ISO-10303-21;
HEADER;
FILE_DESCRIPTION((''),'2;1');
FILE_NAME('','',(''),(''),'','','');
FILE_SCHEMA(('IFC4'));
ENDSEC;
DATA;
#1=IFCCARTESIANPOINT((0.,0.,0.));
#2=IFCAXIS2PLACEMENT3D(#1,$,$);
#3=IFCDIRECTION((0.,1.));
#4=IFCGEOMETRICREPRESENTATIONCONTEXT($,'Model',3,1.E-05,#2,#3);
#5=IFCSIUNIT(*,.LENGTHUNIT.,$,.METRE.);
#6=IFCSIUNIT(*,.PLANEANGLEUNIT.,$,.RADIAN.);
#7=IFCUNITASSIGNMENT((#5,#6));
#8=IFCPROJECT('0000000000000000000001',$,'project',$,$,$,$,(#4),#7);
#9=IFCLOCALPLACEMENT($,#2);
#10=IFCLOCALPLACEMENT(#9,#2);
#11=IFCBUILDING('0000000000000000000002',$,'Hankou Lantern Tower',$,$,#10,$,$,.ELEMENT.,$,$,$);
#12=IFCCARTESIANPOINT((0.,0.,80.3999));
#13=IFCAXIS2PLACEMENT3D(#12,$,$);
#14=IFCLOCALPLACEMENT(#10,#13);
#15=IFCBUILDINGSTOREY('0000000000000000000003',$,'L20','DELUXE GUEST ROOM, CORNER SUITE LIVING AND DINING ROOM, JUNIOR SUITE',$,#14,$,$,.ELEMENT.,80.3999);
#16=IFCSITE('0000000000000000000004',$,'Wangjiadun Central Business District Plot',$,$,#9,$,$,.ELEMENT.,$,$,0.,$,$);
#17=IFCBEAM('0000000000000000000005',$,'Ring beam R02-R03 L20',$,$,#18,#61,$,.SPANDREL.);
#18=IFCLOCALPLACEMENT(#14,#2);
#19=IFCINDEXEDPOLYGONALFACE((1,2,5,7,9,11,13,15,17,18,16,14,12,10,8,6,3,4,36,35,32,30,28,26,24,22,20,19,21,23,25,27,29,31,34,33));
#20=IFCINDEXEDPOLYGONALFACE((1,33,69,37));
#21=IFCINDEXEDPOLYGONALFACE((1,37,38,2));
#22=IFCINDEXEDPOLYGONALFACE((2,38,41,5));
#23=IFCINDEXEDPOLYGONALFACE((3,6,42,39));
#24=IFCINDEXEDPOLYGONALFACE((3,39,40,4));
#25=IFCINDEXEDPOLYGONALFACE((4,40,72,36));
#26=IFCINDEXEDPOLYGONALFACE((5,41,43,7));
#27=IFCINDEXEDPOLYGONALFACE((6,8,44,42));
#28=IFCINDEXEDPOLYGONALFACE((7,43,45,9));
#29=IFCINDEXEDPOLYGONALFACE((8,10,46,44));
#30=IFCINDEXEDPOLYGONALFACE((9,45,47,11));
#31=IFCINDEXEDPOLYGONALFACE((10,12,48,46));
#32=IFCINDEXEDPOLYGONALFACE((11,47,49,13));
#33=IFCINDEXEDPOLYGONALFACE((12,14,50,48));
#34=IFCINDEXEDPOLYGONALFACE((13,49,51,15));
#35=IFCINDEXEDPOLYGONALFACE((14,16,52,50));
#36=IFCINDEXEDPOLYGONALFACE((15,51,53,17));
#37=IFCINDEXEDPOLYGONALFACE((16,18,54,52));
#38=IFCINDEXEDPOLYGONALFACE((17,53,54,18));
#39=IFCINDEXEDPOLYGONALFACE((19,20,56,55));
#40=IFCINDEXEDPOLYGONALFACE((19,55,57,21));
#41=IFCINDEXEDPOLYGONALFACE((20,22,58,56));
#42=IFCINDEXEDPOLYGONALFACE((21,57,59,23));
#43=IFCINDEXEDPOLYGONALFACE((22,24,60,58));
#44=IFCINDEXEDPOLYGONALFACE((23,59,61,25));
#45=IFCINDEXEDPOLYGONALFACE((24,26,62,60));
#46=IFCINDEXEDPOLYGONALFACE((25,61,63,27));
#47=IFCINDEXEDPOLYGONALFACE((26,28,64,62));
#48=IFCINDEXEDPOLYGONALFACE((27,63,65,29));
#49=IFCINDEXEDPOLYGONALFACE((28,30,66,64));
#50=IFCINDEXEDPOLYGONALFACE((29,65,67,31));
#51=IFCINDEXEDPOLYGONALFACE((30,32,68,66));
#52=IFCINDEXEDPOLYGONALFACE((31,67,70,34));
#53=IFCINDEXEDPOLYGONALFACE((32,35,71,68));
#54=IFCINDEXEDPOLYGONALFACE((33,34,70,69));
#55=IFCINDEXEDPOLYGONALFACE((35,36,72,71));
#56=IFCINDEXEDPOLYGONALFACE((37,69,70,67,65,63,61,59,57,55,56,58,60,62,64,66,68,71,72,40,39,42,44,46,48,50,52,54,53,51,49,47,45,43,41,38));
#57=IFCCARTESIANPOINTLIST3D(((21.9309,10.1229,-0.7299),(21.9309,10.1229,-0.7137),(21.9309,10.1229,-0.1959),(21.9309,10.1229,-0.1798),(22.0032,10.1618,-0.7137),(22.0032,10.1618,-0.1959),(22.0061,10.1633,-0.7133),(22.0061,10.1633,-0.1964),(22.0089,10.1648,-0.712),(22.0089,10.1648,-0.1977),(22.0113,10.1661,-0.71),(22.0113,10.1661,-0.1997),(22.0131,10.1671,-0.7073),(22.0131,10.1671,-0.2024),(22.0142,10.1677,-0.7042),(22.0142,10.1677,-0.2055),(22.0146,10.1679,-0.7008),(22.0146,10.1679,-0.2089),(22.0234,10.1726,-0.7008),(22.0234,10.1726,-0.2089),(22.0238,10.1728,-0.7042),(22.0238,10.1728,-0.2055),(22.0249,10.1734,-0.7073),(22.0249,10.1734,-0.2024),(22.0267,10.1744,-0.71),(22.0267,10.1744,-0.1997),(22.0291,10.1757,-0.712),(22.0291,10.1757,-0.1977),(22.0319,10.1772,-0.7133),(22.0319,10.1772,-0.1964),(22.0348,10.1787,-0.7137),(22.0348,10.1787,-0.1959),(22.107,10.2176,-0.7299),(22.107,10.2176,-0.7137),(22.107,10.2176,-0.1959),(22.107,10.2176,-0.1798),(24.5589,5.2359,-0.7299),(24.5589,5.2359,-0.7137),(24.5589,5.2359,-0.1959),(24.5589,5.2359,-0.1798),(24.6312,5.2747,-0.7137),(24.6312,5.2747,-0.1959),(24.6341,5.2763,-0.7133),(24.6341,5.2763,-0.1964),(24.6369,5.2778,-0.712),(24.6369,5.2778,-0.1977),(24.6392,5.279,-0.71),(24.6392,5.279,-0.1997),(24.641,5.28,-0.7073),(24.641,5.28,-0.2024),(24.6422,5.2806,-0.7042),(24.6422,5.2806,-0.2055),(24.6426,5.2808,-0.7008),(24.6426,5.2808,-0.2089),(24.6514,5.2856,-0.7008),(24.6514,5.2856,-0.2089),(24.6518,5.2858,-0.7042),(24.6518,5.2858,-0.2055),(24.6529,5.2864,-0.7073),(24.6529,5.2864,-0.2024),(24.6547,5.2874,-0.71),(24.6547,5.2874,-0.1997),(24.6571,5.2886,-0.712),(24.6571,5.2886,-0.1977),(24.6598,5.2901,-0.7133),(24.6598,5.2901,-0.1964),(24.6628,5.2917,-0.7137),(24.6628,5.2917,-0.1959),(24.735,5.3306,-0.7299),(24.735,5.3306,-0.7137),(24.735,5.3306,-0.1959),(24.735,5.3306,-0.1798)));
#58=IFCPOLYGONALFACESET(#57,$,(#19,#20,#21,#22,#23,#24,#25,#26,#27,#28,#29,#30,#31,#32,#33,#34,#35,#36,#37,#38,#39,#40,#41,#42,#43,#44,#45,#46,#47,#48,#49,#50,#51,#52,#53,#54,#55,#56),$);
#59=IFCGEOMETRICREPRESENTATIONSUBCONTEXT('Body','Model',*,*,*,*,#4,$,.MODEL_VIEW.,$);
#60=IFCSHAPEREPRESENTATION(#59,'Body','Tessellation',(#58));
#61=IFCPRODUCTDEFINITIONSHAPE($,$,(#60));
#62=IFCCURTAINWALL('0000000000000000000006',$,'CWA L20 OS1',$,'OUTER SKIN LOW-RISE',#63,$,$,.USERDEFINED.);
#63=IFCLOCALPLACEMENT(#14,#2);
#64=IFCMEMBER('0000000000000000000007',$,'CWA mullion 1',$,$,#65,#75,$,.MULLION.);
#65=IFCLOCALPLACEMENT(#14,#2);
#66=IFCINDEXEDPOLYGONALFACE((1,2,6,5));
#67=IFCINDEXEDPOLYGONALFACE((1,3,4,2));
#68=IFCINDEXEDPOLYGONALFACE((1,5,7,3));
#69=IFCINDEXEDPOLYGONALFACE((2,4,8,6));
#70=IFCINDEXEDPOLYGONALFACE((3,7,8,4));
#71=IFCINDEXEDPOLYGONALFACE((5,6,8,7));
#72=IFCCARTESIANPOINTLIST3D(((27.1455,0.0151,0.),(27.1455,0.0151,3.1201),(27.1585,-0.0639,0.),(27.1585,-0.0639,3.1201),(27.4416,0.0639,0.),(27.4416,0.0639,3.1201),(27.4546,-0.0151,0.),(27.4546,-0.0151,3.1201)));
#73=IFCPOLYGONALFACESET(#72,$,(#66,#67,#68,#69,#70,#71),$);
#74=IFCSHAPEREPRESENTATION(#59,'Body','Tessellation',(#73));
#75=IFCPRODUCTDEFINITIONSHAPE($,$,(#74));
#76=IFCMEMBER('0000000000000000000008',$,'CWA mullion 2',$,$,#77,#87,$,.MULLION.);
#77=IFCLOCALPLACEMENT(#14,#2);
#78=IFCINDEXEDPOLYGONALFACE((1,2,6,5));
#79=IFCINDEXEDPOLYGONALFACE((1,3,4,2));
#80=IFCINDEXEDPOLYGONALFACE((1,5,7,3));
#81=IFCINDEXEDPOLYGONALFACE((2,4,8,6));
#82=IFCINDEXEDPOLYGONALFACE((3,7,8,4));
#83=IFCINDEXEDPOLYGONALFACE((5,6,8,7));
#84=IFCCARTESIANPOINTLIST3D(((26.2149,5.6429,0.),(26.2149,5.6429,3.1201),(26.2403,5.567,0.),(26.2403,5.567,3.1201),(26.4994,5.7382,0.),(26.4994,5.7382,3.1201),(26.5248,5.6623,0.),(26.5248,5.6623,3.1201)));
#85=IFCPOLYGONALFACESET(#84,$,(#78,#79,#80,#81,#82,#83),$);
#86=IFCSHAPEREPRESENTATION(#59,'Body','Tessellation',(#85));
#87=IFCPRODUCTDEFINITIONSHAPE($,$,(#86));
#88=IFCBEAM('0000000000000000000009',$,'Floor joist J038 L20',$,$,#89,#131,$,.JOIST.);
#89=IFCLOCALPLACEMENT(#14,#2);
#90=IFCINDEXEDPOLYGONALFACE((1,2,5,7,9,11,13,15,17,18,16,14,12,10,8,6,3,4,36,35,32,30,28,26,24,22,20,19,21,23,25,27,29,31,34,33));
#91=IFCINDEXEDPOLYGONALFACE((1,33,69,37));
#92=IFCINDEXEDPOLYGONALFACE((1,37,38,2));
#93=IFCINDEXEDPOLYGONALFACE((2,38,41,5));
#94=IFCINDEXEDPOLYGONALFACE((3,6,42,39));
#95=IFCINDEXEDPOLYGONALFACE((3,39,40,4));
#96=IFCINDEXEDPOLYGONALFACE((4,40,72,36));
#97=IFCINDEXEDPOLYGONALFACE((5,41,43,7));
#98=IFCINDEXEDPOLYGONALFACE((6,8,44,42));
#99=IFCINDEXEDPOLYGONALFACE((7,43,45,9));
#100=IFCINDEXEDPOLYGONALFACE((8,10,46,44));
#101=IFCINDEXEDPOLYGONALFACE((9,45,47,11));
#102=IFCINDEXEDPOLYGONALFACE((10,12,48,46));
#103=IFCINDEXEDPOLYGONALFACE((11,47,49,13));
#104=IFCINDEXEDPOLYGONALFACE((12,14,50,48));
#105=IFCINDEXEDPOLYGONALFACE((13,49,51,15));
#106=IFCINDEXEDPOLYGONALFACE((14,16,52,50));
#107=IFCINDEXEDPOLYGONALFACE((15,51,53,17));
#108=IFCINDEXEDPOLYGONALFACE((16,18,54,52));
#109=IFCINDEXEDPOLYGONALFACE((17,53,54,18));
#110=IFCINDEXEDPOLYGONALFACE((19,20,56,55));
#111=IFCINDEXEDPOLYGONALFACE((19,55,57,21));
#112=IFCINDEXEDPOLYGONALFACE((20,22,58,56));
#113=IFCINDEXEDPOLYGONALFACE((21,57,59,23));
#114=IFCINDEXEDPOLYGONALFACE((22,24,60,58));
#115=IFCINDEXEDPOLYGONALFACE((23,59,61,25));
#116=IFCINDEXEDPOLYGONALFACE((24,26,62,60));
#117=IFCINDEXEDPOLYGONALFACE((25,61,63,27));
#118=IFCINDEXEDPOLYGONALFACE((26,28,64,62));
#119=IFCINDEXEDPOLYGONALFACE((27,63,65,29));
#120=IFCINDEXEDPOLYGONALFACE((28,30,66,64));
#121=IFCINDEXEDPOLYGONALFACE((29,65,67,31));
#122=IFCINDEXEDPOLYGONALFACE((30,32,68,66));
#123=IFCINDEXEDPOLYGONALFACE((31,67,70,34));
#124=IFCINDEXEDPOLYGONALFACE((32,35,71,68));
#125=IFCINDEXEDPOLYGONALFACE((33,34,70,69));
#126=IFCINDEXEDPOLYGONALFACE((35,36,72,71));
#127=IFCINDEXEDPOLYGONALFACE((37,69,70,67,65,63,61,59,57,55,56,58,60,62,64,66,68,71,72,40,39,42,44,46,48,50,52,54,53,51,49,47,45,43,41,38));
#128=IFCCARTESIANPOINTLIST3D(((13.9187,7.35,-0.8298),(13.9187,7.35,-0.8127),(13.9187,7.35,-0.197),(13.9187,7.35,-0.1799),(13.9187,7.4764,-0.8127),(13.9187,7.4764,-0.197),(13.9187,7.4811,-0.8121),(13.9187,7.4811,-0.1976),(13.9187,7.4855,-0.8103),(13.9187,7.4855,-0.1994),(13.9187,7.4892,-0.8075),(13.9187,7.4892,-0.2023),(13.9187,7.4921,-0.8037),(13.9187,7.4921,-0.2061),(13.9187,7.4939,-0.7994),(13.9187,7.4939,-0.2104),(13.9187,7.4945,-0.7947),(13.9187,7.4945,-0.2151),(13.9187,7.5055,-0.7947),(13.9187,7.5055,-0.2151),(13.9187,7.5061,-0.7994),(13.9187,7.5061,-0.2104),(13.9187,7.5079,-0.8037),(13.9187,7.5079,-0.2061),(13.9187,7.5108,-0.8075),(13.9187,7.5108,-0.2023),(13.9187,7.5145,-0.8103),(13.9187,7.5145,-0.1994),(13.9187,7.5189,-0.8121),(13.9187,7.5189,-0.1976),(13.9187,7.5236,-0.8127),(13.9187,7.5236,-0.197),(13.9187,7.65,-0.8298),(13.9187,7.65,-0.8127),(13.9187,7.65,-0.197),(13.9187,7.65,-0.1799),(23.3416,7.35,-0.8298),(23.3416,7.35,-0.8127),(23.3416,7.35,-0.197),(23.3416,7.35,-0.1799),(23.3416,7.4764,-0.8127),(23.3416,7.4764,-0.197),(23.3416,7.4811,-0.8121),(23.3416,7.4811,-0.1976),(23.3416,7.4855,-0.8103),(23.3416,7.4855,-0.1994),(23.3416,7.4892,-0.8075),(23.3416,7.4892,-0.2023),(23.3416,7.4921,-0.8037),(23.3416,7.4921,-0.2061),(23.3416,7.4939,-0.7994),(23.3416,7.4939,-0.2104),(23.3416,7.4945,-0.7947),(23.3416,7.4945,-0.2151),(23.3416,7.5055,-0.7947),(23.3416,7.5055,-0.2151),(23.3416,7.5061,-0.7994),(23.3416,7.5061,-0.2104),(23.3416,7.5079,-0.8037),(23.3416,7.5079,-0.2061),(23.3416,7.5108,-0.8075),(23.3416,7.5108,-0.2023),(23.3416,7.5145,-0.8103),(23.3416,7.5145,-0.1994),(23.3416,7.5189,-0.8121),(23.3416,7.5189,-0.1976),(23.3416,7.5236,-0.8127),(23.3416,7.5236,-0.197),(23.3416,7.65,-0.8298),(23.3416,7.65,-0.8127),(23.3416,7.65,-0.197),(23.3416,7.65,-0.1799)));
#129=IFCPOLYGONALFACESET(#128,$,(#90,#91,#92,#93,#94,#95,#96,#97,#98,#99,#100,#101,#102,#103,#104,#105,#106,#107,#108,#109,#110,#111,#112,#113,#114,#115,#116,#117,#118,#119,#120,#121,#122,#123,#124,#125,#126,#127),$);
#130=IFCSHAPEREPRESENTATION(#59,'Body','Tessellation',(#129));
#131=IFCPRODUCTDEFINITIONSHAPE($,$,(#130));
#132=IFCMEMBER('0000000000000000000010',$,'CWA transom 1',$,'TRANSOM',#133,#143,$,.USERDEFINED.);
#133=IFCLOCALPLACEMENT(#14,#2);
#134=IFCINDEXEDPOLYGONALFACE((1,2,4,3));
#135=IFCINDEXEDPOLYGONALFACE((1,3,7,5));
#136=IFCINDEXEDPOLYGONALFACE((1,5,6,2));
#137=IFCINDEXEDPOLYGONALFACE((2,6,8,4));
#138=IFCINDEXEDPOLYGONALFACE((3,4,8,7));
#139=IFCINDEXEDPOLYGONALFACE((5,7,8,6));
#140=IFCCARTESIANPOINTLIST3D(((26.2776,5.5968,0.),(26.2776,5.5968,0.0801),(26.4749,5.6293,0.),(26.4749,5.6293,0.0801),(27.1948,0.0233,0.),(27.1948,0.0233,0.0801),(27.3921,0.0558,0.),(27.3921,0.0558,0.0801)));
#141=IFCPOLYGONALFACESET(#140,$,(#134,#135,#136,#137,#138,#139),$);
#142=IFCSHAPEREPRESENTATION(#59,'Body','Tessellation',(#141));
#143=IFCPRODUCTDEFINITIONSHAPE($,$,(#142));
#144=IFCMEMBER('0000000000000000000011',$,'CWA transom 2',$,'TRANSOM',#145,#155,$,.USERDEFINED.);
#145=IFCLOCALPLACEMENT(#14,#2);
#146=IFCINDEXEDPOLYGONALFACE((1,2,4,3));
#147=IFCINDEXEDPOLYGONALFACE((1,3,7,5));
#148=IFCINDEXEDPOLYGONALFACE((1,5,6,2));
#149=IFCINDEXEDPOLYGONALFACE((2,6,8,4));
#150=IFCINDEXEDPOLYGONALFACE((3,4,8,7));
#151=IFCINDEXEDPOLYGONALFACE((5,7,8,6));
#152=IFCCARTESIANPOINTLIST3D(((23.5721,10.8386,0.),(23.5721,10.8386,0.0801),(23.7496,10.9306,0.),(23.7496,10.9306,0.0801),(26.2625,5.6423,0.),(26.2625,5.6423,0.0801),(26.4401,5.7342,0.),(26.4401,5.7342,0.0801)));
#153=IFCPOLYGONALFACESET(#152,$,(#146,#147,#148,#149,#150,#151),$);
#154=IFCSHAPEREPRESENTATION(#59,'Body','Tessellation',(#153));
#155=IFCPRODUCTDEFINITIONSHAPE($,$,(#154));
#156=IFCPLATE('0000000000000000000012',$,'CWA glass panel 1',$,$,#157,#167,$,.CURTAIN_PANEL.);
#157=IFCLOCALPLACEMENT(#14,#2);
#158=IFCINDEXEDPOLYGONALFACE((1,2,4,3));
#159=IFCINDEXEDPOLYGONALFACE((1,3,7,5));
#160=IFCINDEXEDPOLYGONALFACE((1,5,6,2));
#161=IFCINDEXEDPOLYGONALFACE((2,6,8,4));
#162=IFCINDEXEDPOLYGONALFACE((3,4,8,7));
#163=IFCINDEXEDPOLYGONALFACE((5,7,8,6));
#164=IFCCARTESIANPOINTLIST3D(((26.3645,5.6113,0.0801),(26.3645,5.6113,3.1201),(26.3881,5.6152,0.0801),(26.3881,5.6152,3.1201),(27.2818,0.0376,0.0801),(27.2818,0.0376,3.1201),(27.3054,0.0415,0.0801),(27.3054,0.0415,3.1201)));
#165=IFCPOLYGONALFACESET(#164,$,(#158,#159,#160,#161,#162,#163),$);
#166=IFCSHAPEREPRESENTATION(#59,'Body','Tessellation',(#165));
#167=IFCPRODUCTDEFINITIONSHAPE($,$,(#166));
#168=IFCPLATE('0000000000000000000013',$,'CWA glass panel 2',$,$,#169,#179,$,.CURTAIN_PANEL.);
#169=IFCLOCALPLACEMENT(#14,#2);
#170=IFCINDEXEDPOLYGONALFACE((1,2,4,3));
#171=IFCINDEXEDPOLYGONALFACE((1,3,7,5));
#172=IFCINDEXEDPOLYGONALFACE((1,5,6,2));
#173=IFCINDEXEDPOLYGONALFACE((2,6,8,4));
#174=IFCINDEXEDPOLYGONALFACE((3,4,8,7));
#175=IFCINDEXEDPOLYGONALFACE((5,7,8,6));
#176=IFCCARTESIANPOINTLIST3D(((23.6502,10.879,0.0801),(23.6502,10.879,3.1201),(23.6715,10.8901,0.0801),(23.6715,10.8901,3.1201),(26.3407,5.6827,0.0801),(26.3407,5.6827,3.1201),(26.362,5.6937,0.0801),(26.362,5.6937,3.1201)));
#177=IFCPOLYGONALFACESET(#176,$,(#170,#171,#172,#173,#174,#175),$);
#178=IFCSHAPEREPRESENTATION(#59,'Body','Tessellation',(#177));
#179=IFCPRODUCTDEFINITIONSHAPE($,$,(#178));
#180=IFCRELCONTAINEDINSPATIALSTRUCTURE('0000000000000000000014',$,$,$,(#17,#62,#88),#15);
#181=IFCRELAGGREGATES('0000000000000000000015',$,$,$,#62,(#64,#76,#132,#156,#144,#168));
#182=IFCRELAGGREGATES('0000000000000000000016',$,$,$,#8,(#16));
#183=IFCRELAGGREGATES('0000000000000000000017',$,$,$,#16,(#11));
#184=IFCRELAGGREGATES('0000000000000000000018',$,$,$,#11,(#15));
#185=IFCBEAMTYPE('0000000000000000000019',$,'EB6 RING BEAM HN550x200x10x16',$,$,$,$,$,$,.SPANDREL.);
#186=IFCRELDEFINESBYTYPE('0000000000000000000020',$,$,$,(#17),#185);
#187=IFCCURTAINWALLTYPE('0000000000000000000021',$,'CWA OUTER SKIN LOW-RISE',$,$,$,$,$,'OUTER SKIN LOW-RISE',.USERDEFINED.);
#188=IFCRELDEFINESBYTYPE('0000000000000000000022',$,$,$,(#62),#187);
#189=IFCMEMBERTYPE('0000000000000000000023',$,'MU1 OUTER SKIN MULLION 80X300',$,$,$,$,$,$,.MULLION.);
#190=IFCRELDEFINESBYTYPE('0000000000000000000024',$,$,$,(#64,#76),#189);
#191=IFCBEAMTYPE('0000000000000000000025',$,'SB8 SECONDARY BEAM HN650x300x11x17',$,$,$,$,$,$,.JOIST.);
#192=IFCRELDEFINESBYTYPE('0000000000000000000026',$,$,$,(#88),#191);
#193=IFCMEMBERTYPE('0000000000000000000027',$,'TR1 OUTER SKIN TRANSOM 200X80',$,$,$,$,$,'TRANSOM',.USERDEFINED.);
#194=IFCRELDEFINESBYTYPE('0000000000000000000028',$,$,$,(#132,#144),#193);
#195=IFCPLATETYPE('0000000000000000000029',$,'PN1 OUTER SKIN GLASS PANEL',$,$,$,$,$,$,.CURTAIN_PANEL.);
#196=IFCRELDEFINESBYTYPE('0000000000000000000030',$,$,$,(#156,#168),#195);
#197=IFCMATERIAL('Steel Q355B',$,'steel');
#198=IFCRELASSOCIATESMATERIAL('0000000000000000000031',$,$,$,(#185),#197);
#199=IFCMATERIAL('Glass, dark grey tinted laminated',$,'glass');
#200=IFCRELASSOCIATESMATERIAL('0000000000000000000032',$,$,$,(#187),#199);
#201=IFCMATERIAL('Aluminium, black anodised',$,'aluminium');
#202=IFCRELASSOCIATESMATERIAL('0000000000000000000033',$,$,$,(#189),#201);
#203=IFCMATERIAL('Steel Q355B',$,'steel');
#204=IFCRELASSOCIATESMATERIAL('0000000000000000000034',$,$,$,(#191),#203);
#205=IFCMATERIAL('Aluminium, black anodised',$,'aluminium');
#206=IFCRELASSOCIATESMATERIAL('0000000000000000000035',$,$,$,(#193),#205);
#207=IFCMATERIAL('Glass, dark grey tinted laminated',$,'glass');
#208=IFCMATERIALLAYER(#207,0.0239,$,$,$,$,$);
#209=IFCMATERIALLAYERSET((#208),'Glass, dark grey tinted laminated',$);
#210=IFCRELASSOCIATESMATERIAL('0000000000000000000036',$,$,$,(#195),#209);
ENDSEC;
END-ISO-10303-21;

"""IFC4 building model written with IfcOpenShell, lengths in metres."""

from ifc_helpers import new_model, si_unit, direction, frame, origin, origin_2d, place, context, subcontext, project, spatial, rectangle, i_section, extrude, material, layer, layer_set, material_profile, profile_set, type_object, element, aggregate, save


model = new_model("IFC4")

# Units and contexts
model_context = context("Model", 3, precision=1e-05, world=origin(), true_north=direction((0.0, 1.0)))
body_context = subcontext(model_context, "Body", "Model", "MODEL_VIEW")
ifc_project = project(units=[si_unit("LENGTHUNIT", "METRE"), si_unit("PLANEANGLEUNIT", "RADIAN")], contexts=[model_context])

# Site, building, storey
site_placement = place(None, origin())
site = spatial("IfcSite", under=ifc_project, at=site_placement, Name="Wangjiadun Central Business District Plot", CompositionType="ELEMENT", RefElevation=0.0)
building_placement = place(site_placement, origin())
building = spatial("IfcBuilding", under=site, at=building_placement, Name="Hankou Lantern Tower", CompositionType="ELEMENT")
storey_placement = place(building_placement, frame((0.0, 0.0, 80.3999)))
storey = spatial("IfcBuildingStorey", under=building, at=storey_placement, Name="L20", Description="DELUXE GUEST ROOM, CORNER SUITE LIVING AND DINING ROOM, JUNIOR SUITE", CompositionType="ELEMENT", Elevation=80.3999)

# Beam
ifc_material_1 = material(Name="Steel Q355B", Category="steel")
ifc_material_profile_1 = material_profile(ifc_material_1, i_section(OverallWidth=0.2, OverallDepth=0.55, WebThickness=0.01, FlangeThickness=0.0161, FilletRadius=0.0129, at=origin_2d()), Name="HN550x200x10x16")
ifc_profile_set_1 = profile_set([ifc_material_profile_1], Name="Steel Q355B")
beam_type_1 = type_object("IfcBeamType", Name="EB6 RING BEAM HN550x200x10x16", PredefinedType="SPANDREL", material=ifc_profile_set_1)
beam_1_placement = place(storey_placement, frame((24.647, 5.2832, -0.4548), z_axis=(-0.473609, 0.880735, 0.0), x_axis=(-0.880735, -0.473609, 0.0)))
element("IfcBeam", 1, at=beam_1_placement, inside=storey, type_object=beam_type_1, Name="Ring beam R02-R03 L20", PredefinedType="SPANDREL", context=body_context, shape_type="SweptSolid", body=[
    extrude(i_section(OverallWidth=0.2, OverallDepth=0.55, WebThickness=0.01, FlangeThickness=0.0161, FilletRadius=0.0129, at=origin_2d()), origin(), (0.0, 0.0, 1.0), 5.5488),
])

# Curtain wall, members
ifc_material_2 = material(Name="Glass, dark grey tinted laminated", Category="glass")
curtain_wall_type = type_object("IfcCurtainWallType", Name="CWA OUTER SKIN LOW-RISE", ElementType="OUTER SKIN LOW-RISE", PredefinedType="USERDEFINED", material=ifc_material_2)
curtain_wall_placement = place(storey_placement, origin())
curtain_wall = element("IfcCurtainWall", 2, at=curtain_wall_placement, inside=storey, type_object=curtain_wall_type, Name="CWA L20 OS1", ObjectType="OUTER SKIN LOW-RISE", PredefinedType="USERDEFINED")
ifc_material_3 = material(Name="Aluminium, black anodised", Category="aluminium")
ifc_material_profile_2 = material_profile(ifc_material_3, rectangle(XDim=0.0801, YDim=0.3, at=origin_2d()), Name="MU1 80X300")
ifc_profile_set_2 = profile_set([ifc_material_profile_2], Name="Aluminium, black anodised")
member_type_1 = type_object("IfcMemberType", Name="MU1 OUTER SKIN MULLION 80X300", PredefinedType="MULLION", material=ifc_profile_set_2)
member_1_placement = place(storey_placement, frame((27.3, 0.0, 0.0), z_axis=(0.0, 0.0, 1.0), x_axis=(-0.162382, 0.986728, 0.0)))
member_1 = element("IfcMember", 3, at=member_1_placement, type_object=member_type_1, Name="CWA mullion 1", PredefinedType="MULLION", context=body_context, shape_type="SweptSolid", body=[
    extrude(rectangle(XDim=0.0801, YDim=0.3, at=origin_2d()), origin(), (0.0, 0.0, 1.0), 3.1201),
])
member_2_placement = place(storey_placement, frame((26.3699, 5.6526, 0.0), z_axis=(0.0, 0.0, 1.0), x_axis=(-0.317596, 0.948226, 0.0)))
member_2 = element("IfcMember", 4, at=member_2_placement, type_object=member_type_1, Name="CWA mullion 2", PredefinedType="MULLION", context=body_context, shape_type="SweptSolid", body=[
    extrude(rectangle(XDim=0.0801, YDim=0.3, at=origin_2d()), origin(), (0.0, 0.0, 1.0), 3.1201),
])

# Beam
ifc_material_4 = material(Name="Steel Q355B", Category="steel")
ifc_material_profile_3 = material_profile(ifc_material_4, i_section(OverallWidth=0.3, OverallDepth=0.6499, WebThickness=0.011, FlangeThickness=0.0171, FilletRadius=0.0181, at=origin_2d()), Name="HN650x300x11x17")
ifc_profile_set_3 = profile_set([ifc_material_profile_3], Name="Steel Q355B")
beam_type_2 = type_object("IfcBeamType", Name="SB8 SECONDARY BEAM HN650x300x11x17", PredefinedType="JOIST", material=ifc_profile_set_3)
beam_2_placement = place(storey_placement, frame((13.9187, 7.5, -0.5049), z_axis=(1.0, 0.0, 0.0), x_axis=(0.0, 1.0, 0.0)))
element("IfcBeam", 5, at=beam_2_placement, inside=storey, type_object=beam_type_2, Name="Floor joist J038 L20", PredefinedType="JOIST", context=body_context, shape_type="SweptSolid", body=[
    extrude(i_section(OverallWidth=0.3, OverallDepth=0.6499, WebThickness=0.011, FlangeThickness=0.0171, FilletRadius=0.0181, at=origin_2d()), origin(), (0.0, 0.0, 1.0), 9.4229),
])

# Members
ifc_material_5 = material(Name="Aluminium, black anodised", Category="aluminium")
ifc_material_profile_4 = material_profile(ifc_material_5, rectangle(XDim=0.2, YDim=0.0801, at=origin_2d()), Name="TR1 200X80")
ifc_profile_set_4 = profile_set([ifc_material_profile_4], Name="Aluminium, black anodised")
member_type_2 = type_object("IfcMemberType", Name="TR1 OUTER SKIN TRANSOM 200X80", ElementType="TRANSOM", PredefinedType="USERDEFINED", material=ifc_profile_set_4)
member_3_placement = place(storey_placement, frame((27.2935, 0.0396, 0.04), z_axis=(-0.162387, 0.986727, 0.0), x_axis=(-0.986727, -0.162387, 0.0)))
member_3 = element("IfcMember", 6, at=member_3_placement, type_object=member_type_2, Name="CWA transom 1", ObjectType="TRANSOM", PredefinedType="USERDEFINED", context=body_context, shape_type="SweptSolid", body=[
    extrude(rectangle(XDim=0.2, YDim=0.0801, at=origin_2d()), origin(), (0.0, 0.0, 1.0), 5.6484),
])
member_4_placement = place(storey_placement, frame((26.3513, 5.6882, 0.04), z_axis=(-0.459786, 0.88803, 0.0), x_axis=(-0.88803, -0.459786, 0.0)))
member_4 = element("IfcMember", 7, at=member_4_placement, type_object=member_type_2, Name="CWA transom 2", ObjectType="TRANSOM", PredefinedType="USERDEFINED", context=body_context, shape_type="SweptSolid", body=[
    extrude(rectangle(XDim=0.2, YDim=0.0801, at=origin_2d()), origin(), (0.0, 0.0, 1.0), 5.8516),
])

# Plates
ifc_material_6 = material(Name="Glass, dark grey tinted laminated", Category="glass")
ifc_layer_1 = layer(ifc_material_6, 0.0239)
ifc_layer_set_1 = layer_set([ifc_layer_1], Name="Glass, dark grey tinted laminated")
plate_type = type_object("IfcPlateType", Name="PN1 OUTER SKIN GLASS PANEL", PredefinedType="CURTAIN_PANEL", material=ifc_layer_set_1)
plate_1_placement = place(storey_placement, frame((26.835, 2.8264, 0.0801), z_axis=(0.0, 0.0, 1.0), x_axis=(-0.162382, 0.986728, 0.0)))
plate_1 = element("IfcPlate", 8, at=plate_1_placement, type_object=plate_type, Name="CWA glass panel 1", PredefinedType="CURTAIN_PANEL", context=body_context, shape_type="SweptSolid", body=[
    extrude(rectangle(XDim=5.6487, YDim=0.0239, at=origin_2d()), origin(), (0.0, 0.0, 1.0), 3.04),
])
plate_2_placement = place(storey_placement, frame((25.0061, 8.2864, 0.0801), z_axis=(0.0, 0.0, 1.0), x_axis=(-0.459791, 0.888027, 0.0)))
plate_2 = element("IfcPlate", 9, at=plate_2_placement, type_object=plate_type, Name="CWA glass panel 2", PredefinedType="CURTAIN_PANEL", context=body_context, shape_type="SweptSolid", body=[
    extrude(rectangle(XDim=5.8516, YDim=0.0239, at=origin_2d()), origin(), (0.0, 0.0, 1.0), 3.04),
])
aggregate(curtain_wall, [member_1, member_2, member_3, plate_1, member_4, plate_2])

save(model, "model.ifc")
